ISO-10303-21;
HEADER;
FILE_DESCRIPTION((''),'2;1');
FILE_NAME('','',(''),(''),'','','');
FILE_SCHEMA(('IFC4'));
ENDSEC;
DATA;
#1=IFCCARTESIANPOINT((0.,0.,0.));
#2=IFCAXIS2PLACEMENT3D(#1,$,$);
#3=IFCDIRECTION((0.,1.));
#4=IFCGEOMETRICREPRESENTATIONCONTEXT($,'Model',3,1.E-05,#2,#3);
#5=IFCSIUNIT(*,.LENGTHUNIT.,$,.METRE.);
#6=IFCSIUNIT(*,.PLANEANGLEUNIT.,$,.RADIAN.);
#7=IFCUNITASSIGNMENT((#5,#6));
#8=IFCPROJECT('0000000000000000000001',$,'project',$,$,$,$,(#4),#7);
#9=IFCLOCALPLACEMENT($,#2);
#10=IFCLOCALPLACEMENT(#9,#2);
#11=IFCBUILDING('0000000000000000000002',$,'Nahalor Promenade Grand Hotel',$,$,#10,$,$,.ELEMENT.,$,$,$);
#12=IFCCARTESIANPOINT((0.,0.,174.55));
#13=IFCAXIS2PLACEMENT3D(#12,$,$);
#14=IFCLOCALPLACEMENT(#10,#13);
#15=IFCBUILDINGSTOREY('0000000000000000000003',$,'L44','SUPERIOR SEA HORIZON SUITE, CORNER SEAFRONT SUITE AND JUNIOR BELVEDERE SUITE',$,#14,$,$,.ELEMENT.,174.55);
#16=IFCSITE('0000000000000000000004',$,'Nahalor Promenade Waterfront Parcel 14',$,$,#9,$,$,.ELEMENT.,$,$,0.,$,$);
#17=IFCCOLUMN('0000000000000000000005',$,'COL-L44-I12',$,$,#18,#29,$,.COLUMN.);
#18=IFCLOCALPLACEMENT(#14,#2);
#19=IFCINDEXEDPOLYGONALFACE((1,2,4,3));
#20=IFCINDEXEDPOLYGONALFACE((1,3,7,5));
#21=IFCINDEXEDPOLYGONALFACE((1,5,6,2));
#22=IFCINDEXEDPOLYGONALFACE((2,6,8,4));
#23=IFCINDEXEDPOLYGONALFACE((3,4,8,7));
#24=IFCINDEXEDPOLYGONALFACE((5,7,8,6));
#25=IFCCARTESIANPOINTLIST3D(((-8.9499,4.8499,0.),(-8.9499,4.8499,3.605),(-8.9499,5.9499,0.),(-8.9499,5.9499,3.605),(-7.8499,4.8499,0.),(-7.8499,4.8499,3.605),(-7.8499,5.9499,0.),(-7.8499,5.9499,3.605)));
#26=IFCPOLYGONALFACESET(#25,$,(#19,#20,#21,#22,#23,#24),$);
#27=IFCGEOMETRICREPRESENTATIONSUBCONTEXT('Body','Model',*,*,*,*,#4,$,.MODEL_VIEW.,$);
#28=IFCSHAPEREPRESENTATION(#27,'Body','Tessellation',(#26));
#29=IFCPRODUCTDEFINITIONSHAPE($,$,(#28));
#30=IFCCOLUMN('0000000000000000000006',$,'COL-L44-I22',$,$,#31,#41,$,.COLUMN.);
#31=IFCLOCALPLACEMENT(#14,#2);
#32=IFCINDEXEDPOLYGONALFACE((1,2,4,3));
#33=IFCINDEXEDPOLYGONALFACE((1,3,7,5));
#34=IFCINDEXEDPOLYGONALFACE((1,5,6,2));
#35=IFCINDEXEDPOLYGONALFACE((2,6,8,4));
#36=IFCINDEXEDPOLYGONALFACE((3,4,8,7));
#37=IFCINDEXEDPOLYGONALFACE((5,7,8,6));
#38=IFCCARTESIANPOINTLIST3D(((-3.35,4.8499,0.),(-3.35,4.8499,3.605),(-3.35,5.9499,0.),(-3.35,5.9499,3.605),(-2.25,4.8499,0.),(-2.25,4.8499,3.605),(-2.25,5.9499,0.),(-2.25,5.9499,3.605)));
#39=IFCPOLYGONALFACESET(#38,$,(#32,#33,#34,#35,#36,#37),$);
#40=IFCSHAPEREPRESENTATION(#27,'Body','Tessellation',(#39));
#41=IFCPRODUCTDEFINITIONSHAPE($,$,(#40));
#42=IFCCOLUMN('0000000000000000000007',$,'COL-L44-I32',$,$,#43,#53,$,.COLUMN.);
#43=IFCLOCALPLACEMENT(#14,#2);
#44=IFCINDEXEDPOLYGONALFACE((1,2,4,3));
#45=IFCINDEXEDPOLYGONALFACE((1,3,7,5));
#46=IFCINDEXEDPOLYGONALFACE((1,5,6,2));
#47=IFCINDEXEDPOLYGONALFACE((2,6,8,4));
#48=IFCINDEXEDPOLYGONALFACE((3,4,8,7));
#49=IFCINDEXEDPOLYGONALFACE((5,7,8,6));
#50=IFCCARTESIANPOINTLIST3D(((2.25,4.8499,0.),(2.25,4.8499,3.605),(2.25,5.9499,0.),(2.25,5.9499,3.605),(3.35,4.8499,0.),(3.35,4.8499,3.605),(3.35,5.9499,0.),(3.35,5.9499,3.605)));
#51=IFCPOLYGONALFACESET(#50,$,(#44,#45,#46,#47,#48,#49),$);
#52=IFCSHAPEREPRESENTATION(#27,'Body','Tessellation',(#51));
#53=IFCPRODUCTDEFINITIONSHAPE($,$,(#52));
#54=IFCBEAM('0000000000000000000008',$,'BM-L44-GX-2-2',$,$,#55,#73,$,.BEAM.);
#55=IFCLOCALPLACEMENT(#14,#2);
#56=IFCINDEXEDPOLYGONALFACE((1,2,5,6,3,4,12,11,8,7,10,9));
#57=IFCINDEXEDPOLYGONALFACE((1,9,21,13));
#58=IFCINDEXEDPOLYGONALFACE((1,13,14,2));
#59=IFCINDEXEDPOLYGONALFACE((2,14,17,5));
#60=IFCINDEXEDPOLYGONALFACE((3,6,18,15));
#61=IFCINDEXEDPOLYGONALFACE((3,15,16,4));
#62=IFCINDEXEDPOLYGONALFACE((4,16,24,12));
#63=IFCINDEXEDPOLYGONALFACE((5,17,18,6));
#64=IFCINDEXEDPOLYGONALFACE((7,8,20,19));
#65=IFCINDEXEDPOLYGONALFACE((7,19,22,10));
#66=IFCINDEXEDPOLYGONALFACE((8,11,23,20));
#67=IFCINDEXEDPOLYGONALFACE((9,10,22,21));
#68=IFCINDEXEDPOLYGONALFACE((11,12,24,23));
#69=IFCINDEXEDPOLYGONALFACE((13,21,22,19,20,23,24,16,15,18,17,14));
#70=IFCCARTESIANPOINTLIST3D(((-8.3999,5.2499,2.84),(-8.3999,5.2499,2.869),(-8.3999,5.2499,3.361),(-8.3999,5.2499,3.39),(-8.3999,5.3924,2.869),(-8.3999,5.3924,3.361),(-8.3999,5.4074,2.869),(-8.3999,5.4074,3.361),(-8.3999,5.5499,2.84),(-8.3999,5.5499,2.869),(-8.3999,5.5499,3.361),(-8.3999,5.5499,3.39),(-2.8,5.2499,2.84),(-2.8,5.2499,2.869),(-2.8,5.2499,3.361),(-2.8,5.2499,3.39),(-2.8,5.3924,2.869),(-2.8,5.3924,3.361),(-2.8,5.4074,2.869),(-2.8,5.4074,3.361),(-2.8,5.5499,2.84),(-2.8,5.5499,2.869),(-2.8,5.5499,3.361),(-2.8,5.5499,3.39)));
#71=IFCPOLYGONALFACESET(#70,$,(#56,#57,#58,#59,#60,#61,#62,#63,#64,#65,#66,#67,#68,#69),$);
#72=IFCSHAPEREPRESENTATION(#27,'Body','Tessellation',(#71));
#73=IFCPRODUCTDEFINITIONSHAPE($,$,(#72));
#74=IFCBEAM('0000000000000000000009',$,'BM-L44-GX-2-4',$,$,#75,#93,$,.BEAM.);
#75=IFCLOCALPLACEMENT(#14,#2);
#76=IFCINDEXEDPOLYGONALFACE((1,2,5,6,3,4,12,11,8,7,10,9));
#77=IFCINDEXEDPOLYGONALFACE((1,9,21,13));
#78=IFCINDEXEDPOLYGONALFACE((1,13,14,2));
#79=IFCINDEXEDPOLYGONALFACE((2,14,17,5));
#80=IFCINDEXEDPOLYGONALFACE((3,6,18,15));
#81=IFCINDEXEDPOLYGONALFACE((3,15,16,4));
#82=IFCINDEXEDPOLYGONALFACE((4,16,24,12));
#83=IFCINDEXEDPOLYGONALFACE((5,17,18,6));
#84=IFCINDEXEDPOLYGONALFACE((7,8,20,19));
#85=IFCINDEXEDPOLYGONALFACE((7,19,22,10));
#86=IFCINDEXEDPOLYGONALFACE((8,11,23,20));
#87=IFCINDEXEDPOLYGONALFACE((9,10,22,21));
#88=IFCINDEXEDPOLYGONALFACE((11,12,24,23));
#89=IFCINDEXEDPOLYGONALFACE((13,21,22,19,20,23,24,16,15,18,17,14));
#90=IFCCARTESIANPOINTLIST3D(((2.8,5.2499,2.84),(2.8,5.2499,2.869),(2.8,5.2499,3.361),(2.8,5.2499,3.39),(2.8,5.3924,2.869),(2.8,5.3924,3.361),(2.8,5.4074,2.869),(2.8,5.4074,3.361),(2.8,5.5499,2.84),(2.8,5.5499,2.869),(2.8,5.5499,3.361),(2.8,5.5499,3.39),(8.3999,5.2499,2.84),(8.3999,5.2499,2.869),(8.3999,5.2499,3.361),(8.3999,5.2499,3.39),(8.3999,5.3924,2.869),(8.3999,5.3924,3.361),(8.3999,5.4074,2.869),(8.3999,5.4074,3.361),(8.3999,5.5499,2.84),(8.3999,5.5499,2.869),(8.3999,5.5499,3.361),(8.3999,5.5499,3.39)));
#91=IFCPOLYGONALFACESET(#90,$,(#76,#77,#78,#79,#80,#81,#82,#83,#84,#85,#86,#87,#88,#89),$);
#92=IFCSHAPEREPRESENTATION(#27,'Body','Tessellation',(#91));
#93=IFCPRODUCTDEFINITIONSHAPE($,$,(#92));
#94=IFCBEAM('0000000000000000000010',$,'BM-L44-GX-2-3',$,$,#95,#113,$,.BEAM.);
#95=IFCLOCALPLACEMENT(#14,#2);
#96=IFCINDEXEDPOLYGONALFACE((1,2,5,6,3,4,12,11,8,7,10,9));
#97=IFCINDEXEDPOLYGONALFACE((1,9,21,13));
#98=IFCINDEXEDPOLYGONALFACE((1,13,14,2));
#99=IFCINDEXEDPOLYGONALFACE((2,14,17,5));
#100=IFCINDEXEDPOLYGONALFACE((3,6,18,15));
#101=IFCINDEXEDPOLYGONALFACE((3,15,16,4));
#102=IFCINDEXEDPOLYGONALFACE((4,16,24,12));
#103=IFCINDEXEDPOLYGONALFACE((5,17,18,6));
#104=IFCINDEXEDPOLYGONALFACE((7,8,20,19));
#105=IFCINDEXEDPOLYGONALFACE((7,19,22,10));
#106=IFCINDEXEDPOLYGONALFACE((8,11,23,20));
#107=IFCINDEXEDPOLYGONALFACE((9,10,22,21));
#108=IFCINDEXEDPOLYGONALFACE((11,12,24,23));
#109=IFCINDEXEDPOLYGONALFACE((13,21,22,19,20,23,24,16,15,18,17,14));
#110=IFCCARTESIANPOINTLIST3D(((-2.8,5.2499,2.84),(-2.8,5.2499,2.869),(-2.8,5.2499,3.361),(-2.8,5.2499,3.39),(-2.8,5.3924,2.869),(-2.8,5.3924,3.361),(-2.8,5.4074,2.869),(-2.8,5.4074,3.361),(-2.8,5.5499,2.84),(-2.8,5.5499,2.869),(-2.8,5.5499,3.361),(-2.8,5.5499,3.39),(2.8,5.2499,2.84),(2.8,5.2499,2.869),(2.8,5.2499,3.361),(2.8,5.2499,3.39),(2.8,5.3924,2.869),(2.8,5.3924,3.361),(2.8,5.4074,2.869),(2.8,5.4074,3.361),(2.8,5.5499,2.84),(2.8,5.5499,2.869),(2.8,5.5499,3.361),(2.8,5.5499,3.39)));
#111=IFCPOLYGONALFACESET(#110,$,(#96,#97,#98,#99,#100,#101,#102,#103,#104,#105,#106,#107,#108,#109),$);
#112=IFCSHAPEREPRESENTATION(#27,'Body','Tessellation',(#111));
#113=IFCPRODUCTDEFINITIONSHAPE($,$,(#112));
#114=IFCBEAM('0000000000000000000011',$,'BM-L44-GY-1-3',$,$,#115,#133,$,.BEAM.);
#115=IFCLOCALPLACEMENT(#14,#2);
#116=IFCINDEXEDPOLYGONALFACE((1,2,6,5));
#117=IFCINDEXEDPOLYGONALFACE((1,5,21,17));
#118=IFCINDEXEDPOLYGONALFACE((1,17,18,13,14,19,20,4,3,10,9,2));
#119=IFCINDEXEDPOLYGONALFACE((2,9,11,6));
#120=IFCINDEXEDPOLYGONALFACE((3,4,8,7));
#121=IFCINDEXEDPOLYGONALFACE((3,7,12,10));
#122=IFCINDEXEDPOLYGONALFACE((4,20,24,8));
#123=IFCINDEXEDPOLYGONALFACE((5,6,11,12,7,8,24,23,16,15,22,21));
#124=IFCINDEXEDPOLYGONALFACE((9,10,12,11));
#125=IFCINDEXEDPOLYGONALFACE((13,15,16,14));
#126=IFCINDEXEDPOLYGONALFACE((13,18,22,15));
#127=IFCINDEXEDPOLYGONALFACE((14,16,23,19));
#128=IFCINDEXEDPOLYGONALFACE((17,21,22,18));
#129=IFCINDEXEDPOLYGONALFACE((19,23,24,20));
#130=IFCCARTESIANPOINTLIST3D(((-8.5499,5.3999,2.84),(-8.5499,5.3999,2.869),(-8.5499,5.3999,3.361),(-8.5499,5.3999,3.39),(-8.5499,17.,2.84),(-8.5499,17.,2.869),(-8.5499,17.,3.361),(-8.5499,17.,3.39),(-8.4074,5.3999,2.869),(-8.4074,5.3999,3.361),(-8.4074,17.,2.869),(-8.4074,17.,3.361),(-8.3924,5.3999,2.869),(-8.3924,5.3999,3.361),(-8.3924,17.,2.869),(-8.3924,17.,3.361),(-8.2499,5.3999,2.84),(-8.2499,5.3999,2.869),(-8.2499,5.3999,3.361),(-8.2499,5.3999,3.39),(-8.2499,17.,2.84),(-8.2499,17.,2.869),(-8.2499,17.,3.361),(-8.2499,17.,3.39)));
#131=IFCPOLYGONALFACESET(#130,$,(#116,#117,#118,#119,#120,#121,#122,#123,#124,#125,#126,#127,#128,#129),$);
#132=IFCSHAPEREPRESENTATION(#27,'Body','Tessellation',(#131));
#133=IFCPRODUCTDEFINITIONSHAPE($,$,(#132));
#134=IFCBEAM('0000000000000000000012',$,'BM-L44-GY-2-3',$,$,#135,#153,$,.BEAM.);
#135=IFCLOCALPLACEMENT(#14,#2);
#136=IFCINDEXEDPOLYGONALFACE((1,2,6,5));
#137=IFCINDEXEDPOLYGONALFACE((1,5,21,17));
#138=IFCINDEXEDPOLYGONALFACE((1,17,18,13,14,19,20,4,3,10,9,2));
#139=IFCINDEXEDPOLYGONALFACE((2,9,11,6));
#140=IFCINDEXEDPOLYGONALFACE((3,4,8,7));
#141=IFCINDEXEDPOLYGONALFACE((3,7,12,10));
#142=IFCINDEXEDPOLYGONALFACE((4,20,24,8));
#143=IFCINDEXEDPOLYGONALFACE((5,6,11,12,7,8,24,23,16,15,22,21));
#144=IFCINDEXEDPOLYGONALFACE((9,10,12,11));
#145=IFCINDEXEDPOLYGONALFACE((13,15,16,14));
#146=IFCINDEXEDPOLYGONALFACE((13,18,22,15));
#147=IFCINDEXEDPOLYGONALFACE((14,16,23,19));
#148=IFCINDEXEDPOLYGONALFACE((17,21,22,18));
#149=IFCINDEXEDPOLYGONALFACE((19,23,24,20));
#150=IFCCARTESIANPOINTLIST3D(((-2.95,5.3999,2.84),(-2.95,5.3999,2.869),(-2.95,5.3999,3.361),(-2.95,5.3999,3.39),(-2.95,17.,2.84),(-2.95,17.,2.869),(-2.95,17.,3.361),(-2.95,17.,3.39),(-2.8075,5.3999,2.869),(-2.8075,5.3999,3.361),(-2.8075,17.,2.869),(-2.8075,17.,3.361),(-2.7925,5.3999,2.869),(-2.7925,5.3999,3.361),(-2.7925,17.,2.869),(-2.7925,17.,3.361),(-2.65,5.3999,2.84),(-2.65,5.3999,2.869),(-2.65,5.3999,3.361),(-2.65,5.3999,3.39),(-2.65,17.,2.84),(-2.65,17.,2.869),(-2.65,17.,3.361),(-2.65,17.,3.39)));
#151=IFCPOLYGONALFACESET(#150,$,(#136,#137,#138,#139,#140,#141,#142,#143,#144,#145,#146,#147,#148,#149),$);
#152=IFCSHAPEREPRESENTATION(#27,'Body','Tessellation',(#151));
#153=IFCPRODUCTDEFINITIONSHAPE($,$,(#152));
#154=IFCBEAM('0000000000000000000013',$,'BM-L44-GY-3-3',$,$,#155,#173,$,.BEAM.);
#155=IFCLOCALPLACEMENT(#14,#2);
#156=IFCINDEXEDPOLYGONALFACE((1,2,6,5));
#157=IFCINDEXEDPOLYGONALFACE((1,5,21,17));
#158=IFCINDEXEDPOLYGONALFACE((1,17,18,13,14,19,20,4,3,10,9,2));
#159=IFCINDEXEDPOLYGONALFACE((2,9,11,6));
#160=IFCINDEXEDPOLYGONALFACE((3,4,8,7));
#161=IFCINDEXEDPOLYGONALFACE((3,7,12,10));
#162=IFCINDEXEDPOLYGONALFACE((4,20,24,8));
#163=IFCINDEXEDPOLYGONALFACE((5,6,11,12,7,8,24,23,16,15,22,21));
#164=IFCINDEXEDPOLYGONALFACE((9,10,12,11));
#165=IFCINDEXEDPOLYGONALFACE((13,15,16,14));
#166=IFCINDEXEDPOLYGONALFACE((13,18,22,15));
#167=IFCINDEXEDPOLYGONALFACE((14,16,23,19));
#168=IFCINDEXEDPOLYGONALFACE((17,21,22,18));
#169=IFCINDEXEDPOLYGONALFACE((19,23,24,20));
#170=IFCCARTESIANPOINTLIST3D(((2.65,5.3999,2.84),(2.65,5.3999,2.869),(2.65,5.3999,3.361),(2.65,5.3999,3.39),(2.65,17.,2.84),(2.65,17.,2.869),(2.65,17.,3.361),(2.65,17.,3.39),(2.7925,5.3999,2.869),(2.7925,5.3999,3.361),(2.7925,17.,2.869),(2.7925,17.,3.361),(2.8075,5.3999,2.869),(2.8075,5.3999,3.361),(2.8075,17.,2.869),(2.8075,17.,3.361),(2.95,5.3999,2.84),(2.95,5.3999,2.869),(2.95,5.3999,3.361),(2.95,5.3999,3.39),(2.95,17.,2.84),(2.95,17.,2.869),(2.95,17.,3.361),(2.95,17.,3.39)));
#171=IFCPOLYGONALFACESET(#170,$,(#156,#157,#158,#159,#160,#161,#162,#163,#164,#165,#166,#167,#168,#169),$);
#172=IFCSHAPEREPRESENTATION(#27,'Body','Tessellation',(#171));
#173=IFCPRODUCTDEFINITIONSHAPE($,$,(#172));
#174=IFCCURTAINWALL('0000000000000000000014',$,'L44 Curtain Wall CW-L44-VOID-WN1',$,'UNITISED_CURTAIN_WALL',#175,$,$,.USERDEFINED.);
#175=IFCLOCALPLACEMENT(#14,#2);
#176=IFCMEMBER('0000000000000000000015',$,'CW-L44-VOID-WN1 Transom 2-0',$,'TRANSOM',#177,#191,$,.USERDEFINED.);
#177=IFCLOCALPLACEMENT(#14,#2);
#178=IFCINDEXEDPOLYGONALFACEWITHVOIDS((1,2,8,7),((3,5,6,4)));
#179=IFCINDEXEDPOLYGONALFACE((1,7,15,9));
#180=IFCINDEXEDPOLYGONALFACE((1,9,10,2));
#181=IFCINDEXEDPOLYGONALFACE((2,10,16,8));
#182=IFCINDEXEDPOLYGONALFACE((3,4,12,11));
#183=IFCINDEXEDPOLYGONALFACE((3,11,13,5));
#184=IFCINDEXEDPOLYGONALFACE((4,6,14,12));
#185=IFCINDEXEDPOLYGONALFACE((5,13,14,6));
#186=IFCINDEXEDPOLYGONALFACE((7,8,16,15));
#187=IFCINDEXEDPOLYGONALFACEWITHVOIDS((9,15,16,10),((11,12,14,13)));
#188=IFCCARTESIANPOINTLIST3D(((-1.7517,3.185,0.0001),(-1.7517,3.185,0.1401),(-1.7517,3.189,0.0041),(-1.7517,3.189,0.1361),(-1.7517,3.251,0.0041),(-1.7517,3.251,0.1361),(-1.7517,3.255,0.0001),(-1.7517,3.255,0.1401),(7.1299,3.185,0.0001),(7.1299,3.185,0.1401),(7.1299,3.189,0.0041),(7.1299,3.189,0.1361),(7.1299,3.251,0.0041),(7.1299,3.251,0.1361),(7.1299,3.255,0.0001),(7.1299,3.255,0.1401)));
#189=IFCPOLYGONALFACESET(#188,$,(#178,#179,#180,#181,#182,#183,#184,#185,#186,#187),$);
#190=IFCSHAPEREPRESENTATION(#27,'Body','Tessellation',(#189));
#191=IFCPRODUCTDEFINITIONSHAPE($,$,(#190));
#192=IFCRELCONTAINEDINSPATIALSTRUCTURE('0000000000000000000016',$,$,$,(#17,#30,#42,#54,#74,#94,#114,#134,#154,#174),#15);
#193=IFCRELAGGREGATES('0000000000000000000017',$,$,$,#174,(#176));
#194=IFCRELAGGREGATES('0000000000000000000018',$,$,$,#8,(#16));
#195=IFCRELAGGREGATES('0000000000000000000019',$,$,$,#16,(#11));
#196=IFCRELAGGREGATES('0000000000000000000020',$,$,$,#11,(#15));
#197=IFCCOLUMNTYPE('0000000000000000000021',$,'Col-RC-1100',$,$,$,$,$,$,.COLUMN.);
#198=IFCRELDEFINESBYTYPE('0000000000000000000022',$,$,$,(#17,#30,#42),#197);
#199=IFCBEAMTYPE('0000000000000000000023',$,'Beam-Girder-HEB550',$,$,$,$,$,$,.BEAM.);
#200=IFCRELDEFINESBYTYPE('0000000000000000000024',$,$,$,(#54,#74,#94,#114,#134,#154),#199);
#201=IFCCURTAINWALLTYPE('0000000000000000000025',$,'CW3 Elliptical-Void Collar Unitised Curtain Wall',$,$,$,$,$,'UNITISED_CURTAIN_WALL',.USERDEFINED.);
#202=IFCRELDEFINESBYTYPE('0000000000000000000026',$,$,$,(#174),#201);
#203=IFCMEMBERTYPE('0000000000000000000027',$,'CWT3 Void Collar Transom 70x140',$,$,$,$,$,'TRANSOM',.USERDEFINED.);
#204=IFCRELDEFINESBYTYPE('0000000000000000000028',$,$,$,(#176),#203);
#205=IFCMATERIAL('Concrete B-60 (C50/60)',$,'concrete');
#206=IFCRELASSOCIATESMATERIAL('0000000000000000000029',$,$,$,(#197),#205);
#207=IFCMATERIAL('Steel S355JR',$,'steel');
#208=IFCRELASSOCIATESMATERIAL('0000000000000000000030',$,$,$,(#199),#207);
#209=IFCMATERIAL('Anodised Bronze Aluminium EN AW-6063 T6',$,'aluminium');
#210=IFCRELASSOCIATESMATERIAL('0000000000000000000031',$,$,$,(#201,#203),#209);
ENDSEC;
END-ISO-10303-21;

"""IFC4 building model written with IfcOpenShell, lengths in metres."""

from ifc_helpers import new_model, si_unit, direction, frame, origin, origin_2d, place, context, subcontext, project, spatial, rectangle, hollow_rectangle, i_section, extrude, source, transform, mapped, material, material_profile, profile_set, type_object, element, aggregate, save


model = new_model("IFC4")

# Units and contexts
model_context = context("Model", 3, precision=1e-05, world=origin(), true_north=direction((0.0, 1.0)))
body_context = subcontext(model_context, "Body", "Model", "MODEL_VIEW")
ifc_project = project(units=[si_unit("LENGTHUNIT", "METRE"), si_unit("PLANEANGLEUNIT", "RADIAN")], contexts=[model_context])

# Site, building, storey
site_placement = place(None, origin())
site = spatial("IfcSite", under=ifc_project, at=site_placement, Name="Nahalor Promenade Waterfront Parcel 14", CompositionType="ELEMENT", RefElevation=0.0)
building_placement = place(site_placement, origin())
building = spatial("IfcBuilding", under=site, at=building_placement, Name="Nahalor Promenade Grand Hotel", CompositionType="ELEMENT")
storey_placement = place(building_placement, frame((0.0, 0.0, 174.55)))
storey = spatial("IfcBuildingStorey", under=building, at=storey_placement, Name="L44", Description="SUPERIOR SEA HORIZON SUITE, CORNER SEAFRONT SUITE AND JUNIOR BELVEDERE SUITE", CompositionType="ELEMENT", Elevation=174.55)

# Columns
ifc_material_1 = material(Name="Concrete B-60 (C50/60)", Category="concrete")
ifc_material_profile_1 = material_profile(ifc_material_1, rectangle(XDim=1.1, YDim=1.1, at=origin_2d()), Name="RC 1100x1100")
ifc_profile_set_1 = profile_set([ifc_material_profile_1], Name="Concrete B-60 (C50/60)")
column_type = type_object("IfcColumnType", Name="Col-RC-1100", PredefinedType="COLUMN", material=ifc_profile_set_1)
shared_shape_1 = source(origin(), body_context, "Body", "SweptSolid", [
    extrude(rectangle(XDim=1.1, YDim=1.1, at=origin_2d()), origin(), (0.0, 0.0, 1.0), 3.605),
])
for number, where, z_axis, x_axis, name in (
    (1, (-8.3999, 5.3999, 0.0), (0.0, 0.0, 1.0), (1.0, 0.0, 0.0), "COL-L44-I12"),
    (2, (-2.8, 5.3999, 0.0), (0.0, 0.0, 1.0), (1.0, 0.0, 0.0), "COL-L44-I22"),
    (3, (2.8, 5.3999, 0.0), (0.0, 0.0, 1.0), (1.0, 0.0, 0.0), "COL-L44-I32"),
):
    element("IfcColumn", number, at=place(storey_placement, frame(where, z_axis=z_axis, x_axis=x_axis)), inside=storey, type_object=column_type, Name=name, PredefinedType="COLUMN", context=body_context, shape_type="MappedRepresentation", body=[
        mapped(shared_shape_1, transform((0.0, 0.0, 0.0), scale=1.0)),
    ])

# Beams
ifc_material_2 = material(Name="Steel S355JR", Category="steel")
ifc_material_profile_2 = material_profile(ifc_material_2, i_section(OverallWidth=0.3, OverallDepth=0.55, WebThickness=0.015, FlangeThickness=0.029, at=origin_2d()), Name="HEB 550")
ifc_profile_set_2 = profile_set([ifc_material_profile_2], Name="Steel S355JR")
beam_type = type_object("IfcBeamType", Name="Beam-Girder-HEB550", PredefinedType="BEAM", material=ifc_profile_set_2)
shared_shape_2 = source(origin(), body_context, "Body", "SweptSolid", [
    extrude(i_section(OverallWidth=0.3, OverallDepth=0.55, WebThickness=0.015, FlangeThickness=0.029, at=origin_2d()), origin(), (0.0, 0.0, 1.0), 5.5999),
])
for number, where, z_axis, x_axis, name in (
    (4, (-8.3999, 5.3999, 3.115), (1.0, 0.0, 0.0), (0.0, 1.0, 0.0), "BM-L44-GX-2-2"),
    (5, (2.8, 5.3999, 3.115), (1.0, 0.0, 0.0), (0.0, 1.0, 0.0), "BM-L44-GX-2-4"),
):
    element("IfcBeam", number, at=place(storey_placement, frame(where, z_axis=z_axis, x_axis=x_axis)), inside=storey, type_object=beam_type, Name=name, PredefinedType="BEAM", context=body_context, shape_type="MappedRepresentation", body=[
        mapped(shared_shape_2, transform((0.0, 0.0, 0.0), scale=1.0)),
    ])
shared_shape_3 = source(origin(), body_context, "Body", "SweptSolid", [
    extrude(i_section(OverallWidth=0.3, OverallDepth=0.55, WebThickness=0.015, FlangeThickness=0.029, at=origin_2d()), origin(), (0.0, 0.0, 1.0), 5.6001),
])
beam_placement = place(storey_placement, frame((-2.8, 5.3999, 3.115), z_axis=(1.0, 0.0, 0.0), x_axis=(0.0, 1.0, 0.0)))
element("IfcBeam", 6, at=beam_placement, inside=storey, type_object=beam_type, Name="BM-L44-GX-2-3", PredefinedType="BEAM", context=body_context, shape_type="MappedRepresentation", body=[
    mapped(shared_shape_3, transform((0.0, 0.0, 0.0), scale=1.0)),
])
shared_shape_4 = source(origin(), body_context, "Body", "SweptSolid", [
    extrude(i_section(OverallWidth=0.3, OverallDepth=0.55, WebThickness=0.015, FlangeThickness=0.029, at=origin_2d()), origin(), (0.0, 0.0, 1.0), 11.6001),
])
for number, where, z_axis, x_axis, name in (
    (7, (-8.3999, 5.3999, 3.115), (0.0, 1.0, 0.0), (-1.0, 0.0, 0.0), "BM-L44-GY-1-3"),
    (8, (-2.8, 5.3999, 3.115), (0.0, 1.0, 0.0), (-1.0, 0.0, 0.0), "BM-L44-GY-2-3"),
    (9, (2.8, 5.3999, 3.115), (0.0, 1.0, 0.0), (-1.0, 0.0, 0.0), "BM-L44-GY-3-3"),
):
    element("IfcBeam", number, at=place(storey_placement, frame(where, z_axis=z_axis, x_axis=x_axis)), inside=storey, type_object=beam_type, Name=name, PredefinedType="BEAM", context=body_context, shape_type="MappedRepresentation", body=[
        mapped(shared_shape_4, transform((0.0, 0.0, 0.0), scale=1.0)),
    ])

# Curtain wall, member
ifc_material_3 = material(Name="Anodised Bronze Aluminium EN AW-6063 T6", Category="aluminium")
curtain_wall_type = type_object("IfcCurtainWallType", Name="CW3 Elliptical-Void Collar Unitised Curtain Wall", ElementType="UNITISED_CURTAIN_WALL", PredefinedType="USERDEFINED", material=ifc_material_3)
curtain_wall_placement = place(storey_placement, origin())
curtain_wall = element("IfcCurtainWall", 10, at=curtain_wall_placement, inside=storey, type_object=curtain_wall_type, Name="L44 Curtain Wall CW-L44-VOID-WN1", ObjectType="UNITISED_CURTAIN_WALL", PredefinedType="USERDEFINED")
ifc_material_profile_3 = material_profile(ifc_material_3, hollow_rectangle(XDim=0.07, YDim=0.14, WallThickness=0.004, at=origin_2d()), Name="CWT 70x140x4")
ifc_profile_set_3 = profile_set([ifc_material_profile_3], Name="Anodised Bronze Aluminium EN AW-6063 T6")
member_type_1 = type_object("IfcMemberType", Name="CWT3 Void Collar Transom 70x140", ElementType="TRANSOM", PredefinedType="USERDEFINED", material=ifc_profile_set_3)
shared_shape_5 = source(origin(), body_context, "Body", "SweptSolid", [
    extrude(hollow_rectangle(XDim=0.07, YDim=0.14, WallThickness=0.004, at=origin_2d()), origin(), (0.0, 0.0, 1.0), 8.8816),
])
member_1_placement = place(storey_placement, frame((-1.7517, 3.22, 0.0701), z_axis=(1.0, 0.0, 0.0), x_axis=(0.0, 1.0, 0.0)))
member_1 = element("IfcMember", 11, at=member_1_placement, type_object=member_type_1, Name="CW-L44-VOID-WN1 Transom 2-0", ObjectType="TRANSOM", PredefinedType="USERDEFINED", context=body_context, shape_type="MappedRepresentation", body=[
    mapped(shared_shape_5, transform((0.0, 0.0, 0.0), scale=1.0)),
])

aggregate(curtain_wall, [member_1])

save(model, "model.ifc")
